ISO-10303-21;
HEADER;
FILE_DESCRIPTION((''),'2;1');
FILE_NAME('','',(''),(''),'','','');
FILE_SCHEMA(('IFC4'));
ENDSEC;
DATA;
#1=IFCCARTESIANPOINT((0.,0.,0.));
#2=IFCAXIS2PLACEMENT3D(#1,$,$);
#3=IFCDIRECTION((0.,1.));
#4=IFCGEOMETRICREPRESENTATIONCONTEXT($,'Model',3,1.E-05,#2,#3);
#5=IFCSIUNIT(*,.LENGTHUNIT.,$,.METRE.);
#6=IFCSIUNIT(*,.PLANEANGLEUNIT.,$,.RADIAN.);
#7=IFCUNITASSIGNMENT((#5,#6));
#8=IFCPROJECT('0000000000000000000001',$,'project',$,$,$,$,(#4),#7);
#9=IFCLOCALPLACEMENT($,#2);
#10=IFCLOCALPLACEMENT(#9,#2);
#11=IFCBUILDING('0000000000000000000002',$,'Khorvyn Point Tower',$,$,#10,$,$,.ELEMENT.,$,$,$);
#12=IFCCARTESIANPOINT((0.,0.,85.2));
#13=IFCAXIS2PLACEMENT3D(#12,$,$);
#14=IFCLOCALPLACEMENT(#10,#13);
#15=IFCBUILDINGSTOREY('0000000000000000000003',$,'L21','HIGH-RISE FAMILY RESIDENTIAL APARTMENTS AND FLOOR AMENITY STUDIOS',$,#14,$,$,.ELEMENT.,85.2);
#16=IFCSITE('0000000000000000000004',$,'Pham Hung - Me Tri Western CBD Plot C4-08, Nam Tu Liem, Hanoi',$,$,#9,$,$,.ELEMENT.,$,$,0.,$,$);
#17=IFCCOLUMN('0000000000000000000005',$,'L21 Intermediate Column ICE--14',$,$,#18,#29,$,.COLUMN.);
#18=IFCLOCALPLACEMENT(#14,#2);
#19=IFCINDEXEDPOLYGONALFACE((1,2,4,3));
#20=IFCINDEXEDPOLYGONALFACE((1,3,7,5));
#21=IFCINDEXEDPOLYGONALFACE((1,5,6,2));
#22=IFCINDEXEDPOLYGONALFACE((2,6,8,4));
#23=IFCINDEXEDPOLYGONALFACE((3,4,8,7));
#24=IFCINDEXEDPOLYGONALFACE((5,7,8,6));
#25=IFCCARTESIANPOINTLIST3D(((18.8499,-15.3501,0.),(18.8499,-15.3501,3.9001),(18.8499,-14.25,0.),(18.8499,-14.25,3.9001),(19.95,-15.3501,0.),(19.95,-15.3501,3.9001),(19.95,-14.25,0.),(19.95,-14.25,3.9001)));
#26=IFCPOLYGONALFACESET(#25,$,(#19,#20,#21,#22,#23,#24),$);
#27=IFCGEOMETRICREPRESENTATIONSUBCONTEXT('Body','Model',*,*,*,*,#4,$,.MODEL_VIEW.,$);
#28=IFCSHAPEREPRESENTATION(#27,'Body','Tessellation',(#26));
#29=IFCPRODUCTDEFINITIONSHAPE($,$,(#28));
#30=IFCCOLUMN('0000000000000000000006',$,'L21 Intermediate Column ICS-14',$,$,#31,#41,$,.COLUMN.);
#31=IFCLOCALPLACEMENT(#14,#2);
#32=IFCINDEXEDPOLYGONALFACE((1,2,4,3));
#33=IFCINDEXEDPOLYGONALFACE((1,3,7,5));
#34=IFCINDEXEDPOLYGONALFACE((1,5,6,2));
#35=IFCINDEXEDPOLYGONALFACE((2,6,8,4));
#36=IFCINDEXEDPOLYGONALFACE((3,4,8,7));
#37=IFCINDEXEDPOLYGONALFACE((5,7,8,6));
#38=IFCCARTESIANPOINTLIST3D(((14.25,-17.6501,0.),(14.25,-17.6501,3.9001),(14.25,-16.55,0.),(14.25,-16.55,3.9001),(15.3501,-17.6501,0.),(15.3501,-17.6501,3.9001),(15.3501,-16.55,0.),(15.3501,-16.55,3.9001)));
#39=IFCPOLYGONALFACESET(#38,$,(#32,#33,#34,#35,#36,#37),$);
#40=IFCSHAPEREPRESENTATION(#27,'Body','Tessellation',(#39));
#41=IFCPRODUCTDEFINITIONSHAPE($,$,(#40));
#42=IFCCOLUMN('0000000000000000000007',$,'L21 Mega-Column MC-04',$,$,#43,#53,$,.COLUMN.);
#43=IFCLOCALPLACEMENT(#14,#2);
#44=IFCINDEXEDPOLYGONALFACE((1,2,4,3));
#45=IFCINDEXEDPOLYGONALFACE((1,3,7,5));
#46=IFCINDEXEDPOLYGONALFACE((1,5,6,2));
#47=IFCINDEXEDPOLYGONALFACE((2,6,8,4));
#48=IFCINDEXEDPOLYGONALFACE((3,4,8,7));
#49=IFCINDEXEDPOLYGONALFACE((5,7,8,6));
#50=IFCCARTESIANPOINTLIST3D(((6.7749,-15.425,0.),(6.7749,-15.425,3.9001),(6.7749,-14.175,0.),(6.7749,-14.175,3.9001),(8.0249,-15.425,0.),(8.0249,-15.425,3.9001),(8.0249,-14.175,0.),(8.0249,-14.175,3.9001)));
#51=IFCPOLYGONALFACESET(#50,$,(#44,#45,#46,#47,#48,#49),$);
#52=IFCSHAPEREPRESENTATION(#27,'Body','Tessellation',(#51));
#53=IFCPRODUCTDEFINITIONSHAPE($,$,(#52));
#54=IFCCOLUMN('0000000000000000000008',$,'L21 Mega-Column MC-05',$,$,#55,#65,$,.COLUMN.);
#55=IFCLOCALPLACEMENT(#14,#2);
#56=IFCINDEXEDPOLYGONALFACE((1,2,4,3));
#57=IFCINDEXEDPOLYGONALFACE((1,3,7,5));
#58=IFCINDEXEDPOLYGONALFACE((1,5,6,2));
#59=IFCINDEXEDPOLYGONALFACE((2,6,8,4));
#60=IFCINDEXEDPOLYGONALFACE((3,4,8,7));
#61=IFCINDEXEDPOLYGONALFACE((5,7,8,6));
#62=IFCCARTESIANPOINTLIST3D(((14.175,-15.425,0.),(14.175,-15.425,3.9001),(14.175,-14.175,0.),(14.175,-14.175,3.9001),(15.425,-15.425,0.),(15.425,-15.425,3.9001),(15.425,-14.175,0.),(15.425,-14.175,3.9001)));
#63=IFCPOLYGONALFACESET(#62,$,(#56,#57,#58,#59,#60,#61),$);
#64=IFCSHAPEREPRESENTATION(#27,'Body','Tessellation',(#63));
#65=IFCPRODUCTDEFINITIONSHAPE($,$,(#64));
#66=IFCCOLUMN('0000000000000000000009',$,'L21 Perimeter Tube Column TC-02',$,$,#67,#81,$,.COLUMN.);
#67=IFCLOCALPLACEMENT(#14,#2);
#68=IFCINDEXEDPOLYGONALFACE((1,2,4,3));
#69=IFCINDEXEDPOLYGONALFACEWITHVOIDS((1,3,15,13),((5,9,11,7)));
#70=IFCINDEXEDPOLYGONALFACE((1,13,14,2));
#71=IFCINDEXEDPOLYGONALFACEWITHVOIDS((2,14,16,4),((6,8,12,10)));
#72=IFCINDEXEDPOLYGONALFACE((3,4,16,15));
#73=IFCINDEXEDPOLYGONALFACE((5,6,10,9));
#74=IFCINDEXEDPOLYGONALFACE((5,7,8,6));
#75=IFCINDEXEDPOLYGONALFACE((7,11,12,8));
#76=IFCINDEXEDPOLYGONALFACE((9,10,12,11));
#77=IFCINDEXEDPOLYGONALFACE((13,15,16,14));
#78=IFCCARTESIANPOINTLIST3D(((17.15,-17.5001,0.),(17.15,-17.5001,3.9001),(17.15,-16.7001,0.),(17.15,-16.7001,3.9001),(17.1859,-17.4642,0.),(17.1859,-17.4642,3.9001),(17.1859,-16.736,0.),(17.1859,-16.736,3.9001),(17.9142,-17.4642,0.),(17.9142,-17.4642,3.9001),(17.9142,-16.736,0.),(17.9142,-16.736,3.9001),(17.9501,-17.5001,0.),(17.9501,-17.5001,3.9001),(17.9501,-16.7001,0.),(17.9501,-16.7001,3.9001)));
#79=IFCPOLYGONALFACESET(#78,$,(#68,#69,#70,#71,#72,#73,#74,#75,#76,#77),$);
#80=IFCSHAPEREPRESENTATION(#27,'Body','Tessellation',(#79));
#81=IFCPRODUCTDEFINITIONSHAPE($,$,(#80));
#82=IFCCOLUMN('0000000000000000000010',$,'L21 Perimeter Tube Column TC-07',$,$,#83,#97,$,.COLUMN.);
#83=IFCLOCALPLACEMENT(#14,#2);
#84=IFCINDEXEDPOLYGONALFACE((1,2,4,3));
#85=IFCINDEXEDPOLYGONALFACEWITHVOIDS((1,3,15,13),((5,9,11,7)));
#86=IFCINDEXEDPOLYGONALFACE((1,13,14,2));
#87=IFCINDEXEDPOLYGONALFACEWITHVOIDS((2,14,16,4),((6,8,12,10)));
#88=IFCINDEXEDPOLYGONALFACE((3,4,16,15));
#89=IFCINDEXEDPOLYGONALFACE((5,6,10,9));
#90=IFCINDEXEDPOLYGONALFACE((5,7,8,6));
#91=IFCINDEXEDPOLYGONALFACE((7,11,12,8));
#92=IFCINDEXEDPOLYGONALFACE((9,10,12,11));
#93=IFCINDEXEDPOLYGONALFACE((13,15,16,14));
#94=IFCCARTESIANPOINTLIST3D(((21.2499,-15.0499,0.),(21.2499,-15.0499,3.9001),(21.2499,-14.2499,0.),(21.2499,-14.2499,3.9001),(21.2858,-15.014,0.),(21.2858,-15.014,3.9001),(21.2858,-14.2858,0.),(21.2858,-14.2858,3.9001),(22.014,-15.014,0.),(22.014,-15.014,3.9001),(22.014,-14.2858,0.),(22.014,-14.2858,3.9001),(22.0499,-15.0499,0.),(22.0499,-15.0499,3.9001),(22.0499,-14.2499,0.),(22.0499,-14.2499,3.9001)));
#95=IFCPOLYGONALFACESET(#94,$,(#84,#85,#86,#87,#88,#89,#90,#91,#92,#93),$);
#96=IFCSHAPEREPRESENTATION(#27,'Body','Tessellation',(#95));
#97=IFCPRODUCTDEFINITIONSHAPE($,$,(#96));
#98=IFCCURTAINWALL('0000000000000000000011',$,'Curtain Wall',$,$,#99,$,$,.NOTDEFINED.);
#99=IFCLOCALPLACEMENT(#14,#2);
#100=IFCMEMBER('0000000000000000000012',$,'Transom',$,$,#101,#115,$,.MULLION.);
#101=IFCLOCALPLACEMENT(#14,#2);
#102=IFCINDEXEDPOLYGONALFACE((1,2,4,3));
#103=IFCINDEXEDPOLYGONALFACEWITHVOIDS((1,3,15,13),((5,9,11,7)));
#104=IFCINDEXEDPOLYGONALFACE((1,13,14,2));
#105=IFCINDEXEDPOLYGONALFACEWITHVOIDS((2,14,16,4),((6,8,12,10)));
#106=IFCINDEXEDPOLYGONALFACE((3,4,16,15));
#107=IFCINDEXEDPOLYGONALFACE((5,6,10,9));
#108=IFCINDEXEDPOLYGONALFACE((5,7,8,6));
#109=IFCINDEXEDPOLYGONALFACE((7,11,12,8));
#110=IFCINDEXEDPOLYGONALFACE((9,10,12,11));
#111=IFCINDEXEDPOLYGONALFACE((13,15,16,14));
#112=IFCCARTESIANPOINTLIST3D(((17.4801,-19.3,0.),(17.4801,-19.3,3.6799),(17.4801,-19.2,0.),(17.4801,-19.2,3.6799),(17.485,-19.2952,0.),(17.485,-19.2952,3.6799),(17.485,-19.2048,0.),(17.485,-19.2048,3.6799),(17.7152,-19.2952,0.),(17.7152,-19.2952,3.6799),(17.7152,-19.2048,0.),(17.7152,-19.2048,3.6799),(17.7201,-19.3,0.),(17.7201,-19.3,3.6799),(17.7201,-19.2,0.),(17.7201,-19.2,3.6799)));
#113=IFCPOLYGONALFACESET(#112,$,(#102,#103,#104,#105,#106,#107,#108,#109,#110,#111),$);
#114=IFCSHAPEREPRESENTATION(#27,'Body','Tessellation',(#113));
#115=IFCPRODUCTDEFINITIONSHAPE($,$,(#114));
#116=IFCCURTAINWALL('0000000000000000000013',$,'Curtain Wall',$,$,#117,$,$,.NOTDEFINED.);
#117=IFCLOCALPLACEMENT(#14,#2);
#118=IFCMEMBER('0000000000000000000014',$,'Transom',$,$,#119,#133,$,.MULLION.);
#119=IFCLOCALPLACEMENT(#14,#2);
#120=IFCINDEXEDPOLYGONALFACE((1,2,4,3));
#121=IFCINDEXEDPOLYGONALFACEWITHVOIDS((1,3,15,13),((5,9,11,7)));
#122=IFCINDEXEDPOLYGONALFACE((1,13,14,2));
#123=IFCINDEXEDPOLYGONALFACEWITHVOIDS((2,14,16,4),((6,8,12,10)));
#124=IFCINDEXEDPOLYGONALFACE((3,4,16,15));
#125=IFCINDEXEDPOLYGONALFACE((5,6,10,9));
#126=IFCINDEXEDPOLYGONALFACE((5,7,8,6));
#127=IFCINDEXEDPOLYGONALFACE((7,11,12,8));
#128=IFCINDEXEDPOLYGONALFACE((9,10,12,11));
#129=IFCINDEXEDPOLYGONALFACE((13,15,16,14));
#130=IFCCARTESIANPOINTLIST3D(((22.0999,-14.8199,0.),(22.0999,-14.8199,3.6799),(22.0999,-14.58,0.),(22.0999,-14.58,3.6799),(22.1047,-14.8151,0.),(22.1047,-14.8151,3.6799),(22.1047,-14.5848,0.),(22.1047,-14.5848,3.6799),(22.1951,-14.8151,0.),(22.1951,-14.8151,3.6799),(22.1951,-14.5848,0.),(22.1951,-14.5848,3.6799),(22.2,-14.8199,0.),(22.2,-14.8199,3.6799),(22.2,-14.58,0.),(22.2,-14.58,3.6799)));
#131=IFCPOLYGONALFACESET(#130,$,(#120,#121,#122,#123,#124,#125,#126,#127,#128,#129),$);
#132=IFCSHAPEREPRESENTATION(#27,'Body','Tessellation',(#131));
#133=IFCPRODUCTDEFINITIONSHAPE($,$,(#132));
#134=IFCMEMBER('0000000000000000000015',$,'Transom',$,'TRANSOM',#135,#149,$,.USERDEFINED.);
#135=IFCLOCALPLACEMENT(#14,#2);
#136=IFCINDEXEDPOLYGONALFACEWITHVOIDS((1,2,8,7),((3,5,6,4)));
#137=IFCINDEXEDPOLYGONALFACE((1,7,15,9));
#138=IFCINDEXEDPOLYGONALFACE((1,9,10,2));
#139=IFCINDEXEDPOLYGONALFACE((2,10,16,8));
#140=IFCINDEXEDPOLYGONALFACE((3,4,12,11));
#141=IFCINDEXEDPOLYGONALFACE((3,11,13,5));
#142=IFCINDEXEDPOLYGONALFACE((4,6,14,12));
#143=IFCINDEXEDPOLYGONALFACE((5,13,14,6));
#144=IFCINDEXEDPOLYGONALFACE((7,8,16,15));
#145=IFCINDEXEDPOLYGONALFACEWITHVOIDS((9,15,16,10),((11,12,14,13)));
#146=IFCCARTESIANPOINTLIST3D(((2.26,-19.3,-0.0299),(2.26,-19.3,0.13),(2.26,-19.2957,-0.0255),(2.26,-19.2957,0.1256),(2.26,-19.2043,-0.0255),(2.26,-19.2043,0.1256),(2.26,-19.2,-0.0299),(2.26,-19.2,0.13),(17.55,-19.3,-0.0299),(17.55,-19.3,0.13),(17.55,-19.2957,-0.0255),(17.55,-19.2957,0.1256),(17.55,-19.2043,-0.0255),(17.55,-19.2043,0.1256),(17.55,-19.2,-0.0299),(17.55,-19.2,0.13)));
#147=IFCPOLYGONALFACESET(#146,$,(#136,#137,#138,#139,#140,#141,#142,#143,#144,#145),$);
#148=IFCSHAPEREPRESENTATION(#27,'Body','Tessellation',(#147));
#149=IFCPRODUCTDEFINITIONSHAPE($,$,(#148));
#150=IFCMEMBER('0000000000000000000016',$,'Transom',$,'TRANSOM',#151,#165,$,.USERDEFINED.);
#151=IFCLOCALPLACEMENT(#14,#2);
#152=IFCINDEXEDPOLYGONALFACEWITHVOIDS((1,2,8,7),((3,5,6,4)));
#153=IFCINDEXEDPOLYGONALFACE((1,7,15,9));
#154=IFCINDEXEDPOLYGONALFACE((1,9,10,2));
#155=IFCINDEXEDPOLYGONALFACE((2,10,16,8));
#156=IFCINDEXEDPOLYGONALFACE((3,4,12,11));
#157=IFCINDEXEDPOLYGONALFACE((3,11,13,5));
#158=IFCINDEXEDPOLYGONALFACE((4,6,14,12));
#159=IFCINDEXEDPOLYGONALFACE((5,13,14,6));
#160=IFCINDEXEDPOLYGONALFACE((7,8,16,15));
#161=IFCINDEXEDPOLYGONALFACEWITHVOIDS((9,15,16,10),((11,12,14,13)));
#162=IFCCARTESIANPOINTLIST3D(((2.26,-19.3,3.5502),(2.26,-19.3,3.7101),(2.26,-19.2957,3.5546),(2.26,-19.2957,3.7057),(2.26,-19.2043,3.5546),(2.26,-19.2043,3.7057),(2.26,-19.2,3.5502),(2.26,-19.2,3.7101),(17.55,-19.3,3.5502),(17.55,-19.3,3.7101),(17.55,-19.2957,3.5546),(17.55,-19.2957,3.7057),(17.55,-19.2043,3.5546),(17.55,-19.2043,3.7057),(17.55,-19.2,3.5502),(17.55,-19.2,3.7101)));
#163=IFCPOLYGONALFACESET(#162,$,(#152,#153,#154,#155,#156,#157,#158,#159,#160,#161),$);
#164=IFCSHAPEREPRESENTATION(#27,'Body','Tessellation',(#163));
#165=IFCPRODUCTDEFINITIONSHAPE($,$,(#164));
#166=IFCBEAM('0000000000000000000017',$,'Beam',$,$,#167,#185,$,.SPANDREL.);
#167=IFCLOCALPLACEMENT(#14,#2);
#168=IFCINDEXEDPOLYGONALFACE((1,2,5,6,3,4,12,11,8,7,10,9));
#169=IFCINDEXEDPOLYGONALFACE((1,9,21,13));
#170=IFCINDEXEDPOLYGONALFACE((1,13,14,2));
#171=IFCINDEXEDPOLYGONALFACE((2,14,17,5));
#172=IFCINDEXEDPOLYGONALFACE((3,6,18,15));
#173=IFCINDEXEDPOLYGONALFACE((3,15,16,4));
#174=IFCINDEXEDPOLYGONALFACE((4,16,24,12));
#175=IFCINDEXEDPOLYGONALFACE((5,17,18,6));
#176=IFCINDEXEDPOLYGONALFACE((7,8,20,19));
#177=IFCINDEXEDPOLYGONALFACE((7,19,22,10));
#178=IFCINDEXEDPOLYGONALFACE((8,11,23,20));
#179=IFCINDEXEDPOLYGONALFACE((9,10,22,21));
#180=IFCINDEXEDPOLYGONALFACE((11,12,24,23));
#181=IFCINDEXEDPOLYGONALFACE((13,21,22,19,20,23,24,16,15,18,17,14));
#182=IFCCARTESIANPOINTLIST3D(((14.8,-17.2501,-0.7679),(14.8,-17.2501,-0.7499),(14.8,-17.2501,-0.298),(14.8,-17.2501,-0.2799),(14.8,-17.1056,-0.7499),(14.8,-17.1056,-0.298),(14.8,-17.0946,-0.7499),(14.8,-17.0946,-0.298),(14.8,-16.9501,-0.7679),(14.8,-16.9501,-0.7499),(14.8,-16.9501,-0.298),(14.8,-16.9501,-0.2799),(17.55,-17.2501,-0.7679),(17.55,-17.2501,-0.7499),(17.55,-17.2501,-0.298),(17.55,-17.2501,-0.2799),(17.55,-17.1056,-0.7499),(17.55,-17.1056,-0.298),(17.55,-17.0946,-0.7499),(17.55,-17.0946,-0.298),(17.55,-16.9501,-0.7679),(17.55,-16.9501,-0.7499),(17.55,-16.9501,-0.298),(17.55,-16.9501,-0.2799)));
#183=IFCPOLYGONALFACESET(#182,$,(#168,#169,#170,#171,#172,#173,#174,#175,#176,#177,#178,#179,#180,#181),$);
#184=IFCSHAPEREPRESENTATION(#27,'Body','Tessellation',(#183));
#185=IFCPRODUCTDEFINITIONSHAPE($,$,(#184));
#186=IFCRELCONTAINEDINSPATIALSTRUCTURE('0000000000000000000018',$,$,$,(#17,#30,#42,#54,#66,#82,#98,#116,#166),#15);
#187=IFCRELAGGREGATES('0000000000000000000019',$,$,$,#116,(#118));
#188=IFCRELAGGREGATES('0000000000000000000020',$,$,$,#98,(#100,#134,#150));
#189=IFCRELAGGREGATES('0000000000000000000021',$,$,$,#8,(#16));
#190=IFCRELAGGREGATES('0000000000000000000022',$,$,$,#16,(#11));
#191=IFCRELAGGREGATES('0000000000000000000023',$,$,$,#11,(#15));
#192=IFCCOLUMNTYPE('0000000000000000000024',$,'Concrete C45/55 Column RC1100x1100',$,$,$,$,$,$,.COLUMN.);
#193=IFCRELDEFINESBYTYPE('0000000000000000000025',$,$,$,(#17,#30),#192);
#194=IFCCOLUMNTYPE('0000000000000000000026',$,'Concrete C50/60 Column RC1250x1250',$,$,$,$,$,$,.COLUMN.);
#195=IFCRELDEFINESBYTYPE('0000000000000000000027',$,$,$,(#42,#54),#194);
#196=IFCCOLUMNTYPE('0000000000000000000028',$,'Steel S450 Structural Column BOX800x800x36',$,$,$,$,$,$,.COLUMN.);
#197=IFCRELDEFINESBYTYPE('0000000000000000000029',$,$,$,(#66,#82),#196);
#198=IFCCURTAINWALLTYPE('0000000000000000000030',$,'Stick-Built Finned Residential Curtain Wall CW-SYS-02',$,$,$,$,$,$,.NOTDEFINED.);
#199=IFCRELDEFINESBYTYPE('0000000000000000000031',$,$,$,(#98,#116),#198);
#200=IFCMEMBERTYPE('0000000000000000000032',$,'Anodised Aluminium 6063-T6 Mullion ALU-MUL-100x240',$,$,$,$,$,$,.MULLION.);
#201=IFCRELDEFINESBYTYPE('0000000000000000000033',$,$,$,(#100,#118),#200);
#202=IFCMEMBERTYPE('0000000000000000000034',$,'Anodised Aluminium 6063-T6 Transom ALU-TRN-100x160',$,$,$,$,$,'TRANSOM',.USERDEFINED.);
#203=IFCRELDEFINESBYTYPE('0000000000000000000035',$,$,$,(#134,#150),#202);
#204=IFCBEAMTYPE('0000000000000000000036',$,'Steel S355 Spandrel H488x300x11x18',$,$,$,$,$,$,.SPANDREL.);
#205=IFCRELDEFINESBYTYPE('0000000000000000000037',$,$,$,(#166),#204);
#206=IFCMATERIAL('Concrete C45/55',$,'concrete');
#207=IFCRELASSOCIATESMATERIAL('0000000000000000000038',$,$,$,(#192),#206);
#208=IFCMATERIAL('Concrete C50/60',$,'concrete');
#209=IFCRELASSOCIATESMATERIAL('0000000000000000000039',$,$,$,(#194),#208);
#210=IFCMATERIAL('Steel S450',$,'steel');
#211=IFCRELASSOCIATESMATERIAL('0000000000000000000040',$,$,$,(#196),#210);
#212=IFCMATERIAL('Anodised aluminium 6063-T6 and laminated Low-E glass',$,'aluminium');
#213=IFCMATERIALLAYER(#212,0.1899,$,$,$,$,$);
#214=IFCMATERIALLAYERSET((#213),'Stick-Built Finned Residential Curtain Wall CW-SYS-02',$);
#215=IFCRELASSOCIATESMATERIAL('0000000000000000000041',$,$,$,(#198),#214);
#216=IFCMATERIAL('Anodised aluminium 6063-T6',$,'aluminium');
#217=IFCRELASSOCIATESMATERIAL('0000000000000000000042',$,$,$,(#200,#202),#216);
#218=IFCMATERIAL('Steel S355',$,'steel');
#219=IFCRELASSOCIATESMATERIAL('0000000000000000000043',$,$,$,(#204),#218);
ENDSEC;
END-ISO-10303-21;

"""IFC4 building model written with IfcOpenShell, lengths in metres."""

from ifc_helpers import new_model, si_unit, direction, frame, origin, origin_2d, place, context, subcontext, project, spatial, rectangle, hollow_rectangle, i_section, extrude, material, layer, layer_set, material_profile, profile_set, type_object, element, aggregate, save


model = new_model("IFC4")

# Units and contexts
model_context = context("Model", 3, precision=1e-05, world=origin(), true_north=direction((0.0, 1.0)))
body_context = subcontext(model_context, "Body", "Model", "MODEL_VIEW")
ifc_project = project(units=[si_unit("LENGTHUNIT", "METRE"), si_unit("PLANEANGLEUNIT", "RADIAN")], contexts=[model_context])

# Site, building, storey
site_placement = place(None, origin())
site = spatial("IfcSite", under=ifc_project, at=site_placement, Name="Pham Hung - Me Tri Western CBD Plot C4-08, Nam Tu Liem, Hanoi", CompositionType="ELEMENT", RefElevation=0.0)
building_placement = place(site_placement, origin())
building = spatial("IfcBuilding", under=site, at=building_placement, Name="Khorvyn Point Tower", CompositionType="ELEMENT")
storey_placement = place(building_placement, frame((0.0, 0.0, 85.2)))
storey = spatial("IfcBuildingStorey", under=building, at=storey_placement, Name="L21", Description="HIGH-RISE FAMILY RESIDENTIAL APARTMENTS AND FLOOR AMENITY STUDIOS", CompositionType="ELEMENT", Elevation=85.2)

# Columns
ifc_material_1 = material(Name="Concrete C45/55", Category="concrete")
ifc_material_profile_1 = material_profile(ifc_material_1, rectangle(XDim=1.1001, YDim=1.1001, at=origin_2d()))
ifc_profile_set_1 = profile_set([ifc_material_profile_1], Name="Concrete C45/55 RC1100x1100")
column_type_1 = type_object("IfcColumnType", Name="Concrete C45/55 Column RC1100x1100", PredefinedType="COLUMN", material=ifc_profile_set_1)
for number, where, z_axis, x_axis, name in (
    (1, (19.3999, -14.8, 0.0), (0.0, 0.0, 1.0), (1.0, 0.0, 0.0), "L21 Intermediate Column ICE--14"),
    (2, (14.8, -17.1001, 0.0), (0.0, 0.0, 1.0), (1.0, 0.0, 0.0), "L21 Intermediate Column ICS-14"),
):
    element("IfcColumn", number, at=place(storey_placement, frame(where, z_axis=z_axis, x_axis=x_axis)), inside=storey, type_object=column_type_1, Name=name, PredefinedType="COLUMN", context=body_context, shape_type="SweptSolid", body=[
        extrude(rectangle(XDim=1.1001, YDim=1.1001, at=origin_2d()), origin(), (0.0, 0.0, 1.0), 3.9001),
    ])
ifc_material_2 = material(Name="Concrete C50/60", Category="concrete")
ifc_material_profile_2 = material_profile(ifc_material_2, rectangle(XDim=1.25, YDim=1.25, at=origin_2d()))
ifc_profile_set_2 = profile_set([ifc_material_profile_2], Name="Concrete C50/60 RC1250x1250")
column_type_2 = type_object("IfcColumnType", Name="Concrete C50/60 Column RC1250x1250", PredefinedType="COLUMN", material=ifc_profile_set_2)
for number, where, z_axis, x_axis, name in (
    (3, (7.3999, -14.8, 0.0), (0.0, 0.0, 1.0), (1.0, 0.0, 0.0), "L21 Mega-Column MC-04"),
    (4, (14.8, -14.8, 0.0), (0.0, 0.0, 1.0), (1.0, 0.0, 0.0), "L21 Mega-Column MC-05"),
):
    element("IfcColumn", number, at=place(storey_placement, frame(where, z_axis=z_axis, x_axis=x_axis)), inside=storey, type_object=column_type_2, Name=name, PredefinedType="COLUMN", context=body_context, shape_type="SweptSolid", body=[
        extrude(rectangle(XDim=1.25, YDim=1.25, at=origin_2d()), origin(), (0.0, 0.0, 1.0), 3.9001),
    ])
ifc_material_3 = material(Name="Steel S450", Category="steel")
ifc_material_profile_3 = material_profile(ifc_material_3, hollow_rectangle(XDim=0.8, YDim=0.8, WallThickness=0.0359, at=origin_2d()))
ifc_profile_set_3 = profile_set([ifc_material_profile_3], Name="Steel S450 BOX800x800x36")
column_type_3 = type_object("IfcColumnType", Name="Steel S450 Structural Column BOX800x800x36", PredefinedType="COLUMN", material=ifc_profile_set_3)
for number, where, z_axis, x_axis, name in (
    (5, (17.55, -17.1001, 0.0), (0.0, 0.0, 1.0), (1.0, 0.0, 0.0), "L21 Perimeter Tube Column TC-02"),
    (6, (21.6499, -14.6499, 0.0), (0.0, 0.0, 1.0), (1.0, 0.0, 0.0), "L21 Perimeter Tube Column TC-07"),
):
    element("IfcColumn", number, at=place(storey_placement, frame(where, z_axis=z_axis, x_axis=x_axis)), inside=storey, type_object=column_type_3, Name=name, PredefinedType="COLUMN", context=body_context, shape_type="SweptSolid", body=[
        extrude(hollow_rectangle(XDim=0.8, YDim=0.8, WallThickness=0.0359, at=origin_2d()), origin(), (0.0, 0.0, 1.0), 3.9001),
    ])

# Curtain walls, members
ifc_material_4 = material(Name="Anodised aluminium 6063-T6 and laminated Low-E glass", Category="aluminium")
ifc_layer_1 = layer(ifc_material_4, 0.1899)
ifc_layer_set_1 = layer_set([ifc_layer_1], Name="Stick-Built Finned Residential Curtain Wall CW-SYS-02")
curtain_wall_type = type_object("IfcCurtainWallType", Name="Stick-Built Finned Residential Curtain Wall CW-SYS-02", PredefinedType="NOTDEFINED", material=ifc_layer_set_1)
curtain_wall_1_placement = place(storey_placement, origin())
curtain_wall_1 = element("IfcCurtainWall", 7, at=curtain_wall_1_placement, inside=storey, type_object=curtain_wall_type, Name="Curtain Wall", PredefinedType="NOTDEFINED")
ifc_material_5 = material(Name="Anodised aluminium 6063-T6", Category="aluminium")
ifc_material_profile_4 = material_profile(ifc_material_5, hollow_rectangle(XDim=0.1001, YDim=0.24, WallThickness=0.0049, at=origin_2d()))
ifc_profile_set_4 = profile_set([ifc_material_profile_4], Name="Anodised aluminium 6063-T6 ALU-MUL-100x240")
member_type_1 = type_object("IfcMemberType", Name="Anodised Aluminium 6063-T6 Mullion ALU-MUL-100x240", PredefinedType="MULLION", material=ifc_profile_set_4)
member_1_placement = place(storey_placement, frame((17.6001, -19.25, 0.0), z_axis=(0.0, 0.0, 1.0), x_axis=(0.0, -1.0, 0.0)))
member_1 = element("IfcMember", 8, at=member_1_placement, type_object=member_type_1, Name="Transom", PredefinedType="MULLION", context=body_context, shape_type="SweptSolid", body=[
    extrude(hollow_rectangle(XDim=0.1001, YDim=0.24, WallThickness=0.0049, at=origin_2d()), origin(), (0.0, 0.0, 1.0), 3.6799),
])
curtain_wall_2_placement = place(storey_placement, origin())
curtain_wall_2 = element("IfcCurtainWall", 9, at=curtain_wall_2_placement, inside=storey, type_object=curtain_wall_type, Name="Curtain Wall", PredefinedType="NOTDEFINED")
member_2_placement = place(storey_placement, frame((22.1499, -14.7, 0.0), z_axis=(0.0, 0.0, 1.0), x_axis=(1.0, 0.0, 0.0)))
member_2 = element("IfcMember", 10, at=member_2_placement, type_object=member_type_1, Name="Transom", PredefinedType="MULLION", context=body_context, shape_type="SweptSolid", body=[
    extrude(hollow_rectangle(XDim=0.1001, YDim=0.24, WallThickness=0.0049, at=origin_2d()), origin(), (0.0, 0.0, 1.0), 3.6799),
])
aggregate(curtain_wall_2, [member_2])

# Members
ifc_material_profile_5 = material_profile(ifc_material_5, hollow_rectangle(XDim=0.1001, YDim=0.1599, WallThickness=0.0044, at=origin_2d()))
ifc_profile_set_5 = profile_set([ifc_material_profile_5], Name="Anodised aluminium 6063-T6 ALU-TRN-100x160")
member_type_2 = type_object("IfcMemberType", Name="Anodised Aluminium 6063-T6 Transom ALU-TRN-100x160", ElementType="TRANSOM", PredefinedType="USERDEFINED", material=ifc_profile_set_5)
member_3_placement = place(storey_placement, frame((17.55, -19.25, 0.05), z_axis=(-1.0, 0.0, 0.0), x_axis=(0.0, -1.0, 0.0)))
member_3 = element("IfcMember", 11, at=member_3_placement, type_object=member_type_2, Name="Transom", ObjectType="TRANSOM", PredefinedType="USERDEFINED", context=body_context, shape_type="SweptSolid", body=[
    extrude(hollow_rectangle(XDim=0.1001, YDim=0.1599, WallThickness=0.0044, at=origin_2d()), origin(), (0.0, 0.0, 1.0), 15.29),
])
member_4_placement = place(storey_placement, frame((17.55, -19.25, 3.6301), z_axis=(-1.0, 0.0, 0.0), x_axis=(0.0, -1.0, 0.0)))
member_4 = element("IfcMember", 12, at=member_4_placement, type_object=member_type_2, Name="Transom", ObjectType="TRANSOM", PredefinedType="USERDEFINED", context=body_context, shape_type="SweptSolid", body=[
    extrude(hollow_rectangle(XDim=0.1001, YDim=0.1599, WallThickness=0.0044, at=origin_2d()), origin(), (0.0, 0.0, 1.0), 15.29),
])

# Beam
ifc_material_6 = material(Name="Steel S355", Category="steel")
ifc_material_profile_6 = material_profile(ifc_material_6, i_section(OverallWidth=0.3, OverallDepth=0.488, WebThickness=0.011, FlangeThickness=0.0181, at=origin_2d()))
ifc_profile_set_6 = profile_set([ifc_material_profile_6], Name="Steel S355 H488x300x11x18")
beam_type_1 = type_object("IfcBeamType", Name="Steel S355 Spandrel H488x300x11x18", PredefinedType="SPANDREL", material=ifc_profile_set_6)
beam_1_placement = place(storey_placement, frame((14.8, -17.1001, -0.5239), z_axis=(1.0, 0.0, 0.0), x_axis=(0.0, 1.0, 0.0)))
element("IfcBeam", 13, at=beam_1_placement, inside=storey, type_object=beam_type_1, Name="Beam", PredefinedType="SPANDREL", context=body_context, shape_type="SweptSolid", body=[
    extrude(i_section(OverallWidth=0.3, OverallDepth=0.488, WebThickness=0.011, FlangeThickness=0.0181, at=origin_2d()), origin(), (0.0, 0.0, 1.0), 2.75),
])

aggregate(curtain_wall_1, [member_1, member_3, member_4])

save(model, "model.ifc")
